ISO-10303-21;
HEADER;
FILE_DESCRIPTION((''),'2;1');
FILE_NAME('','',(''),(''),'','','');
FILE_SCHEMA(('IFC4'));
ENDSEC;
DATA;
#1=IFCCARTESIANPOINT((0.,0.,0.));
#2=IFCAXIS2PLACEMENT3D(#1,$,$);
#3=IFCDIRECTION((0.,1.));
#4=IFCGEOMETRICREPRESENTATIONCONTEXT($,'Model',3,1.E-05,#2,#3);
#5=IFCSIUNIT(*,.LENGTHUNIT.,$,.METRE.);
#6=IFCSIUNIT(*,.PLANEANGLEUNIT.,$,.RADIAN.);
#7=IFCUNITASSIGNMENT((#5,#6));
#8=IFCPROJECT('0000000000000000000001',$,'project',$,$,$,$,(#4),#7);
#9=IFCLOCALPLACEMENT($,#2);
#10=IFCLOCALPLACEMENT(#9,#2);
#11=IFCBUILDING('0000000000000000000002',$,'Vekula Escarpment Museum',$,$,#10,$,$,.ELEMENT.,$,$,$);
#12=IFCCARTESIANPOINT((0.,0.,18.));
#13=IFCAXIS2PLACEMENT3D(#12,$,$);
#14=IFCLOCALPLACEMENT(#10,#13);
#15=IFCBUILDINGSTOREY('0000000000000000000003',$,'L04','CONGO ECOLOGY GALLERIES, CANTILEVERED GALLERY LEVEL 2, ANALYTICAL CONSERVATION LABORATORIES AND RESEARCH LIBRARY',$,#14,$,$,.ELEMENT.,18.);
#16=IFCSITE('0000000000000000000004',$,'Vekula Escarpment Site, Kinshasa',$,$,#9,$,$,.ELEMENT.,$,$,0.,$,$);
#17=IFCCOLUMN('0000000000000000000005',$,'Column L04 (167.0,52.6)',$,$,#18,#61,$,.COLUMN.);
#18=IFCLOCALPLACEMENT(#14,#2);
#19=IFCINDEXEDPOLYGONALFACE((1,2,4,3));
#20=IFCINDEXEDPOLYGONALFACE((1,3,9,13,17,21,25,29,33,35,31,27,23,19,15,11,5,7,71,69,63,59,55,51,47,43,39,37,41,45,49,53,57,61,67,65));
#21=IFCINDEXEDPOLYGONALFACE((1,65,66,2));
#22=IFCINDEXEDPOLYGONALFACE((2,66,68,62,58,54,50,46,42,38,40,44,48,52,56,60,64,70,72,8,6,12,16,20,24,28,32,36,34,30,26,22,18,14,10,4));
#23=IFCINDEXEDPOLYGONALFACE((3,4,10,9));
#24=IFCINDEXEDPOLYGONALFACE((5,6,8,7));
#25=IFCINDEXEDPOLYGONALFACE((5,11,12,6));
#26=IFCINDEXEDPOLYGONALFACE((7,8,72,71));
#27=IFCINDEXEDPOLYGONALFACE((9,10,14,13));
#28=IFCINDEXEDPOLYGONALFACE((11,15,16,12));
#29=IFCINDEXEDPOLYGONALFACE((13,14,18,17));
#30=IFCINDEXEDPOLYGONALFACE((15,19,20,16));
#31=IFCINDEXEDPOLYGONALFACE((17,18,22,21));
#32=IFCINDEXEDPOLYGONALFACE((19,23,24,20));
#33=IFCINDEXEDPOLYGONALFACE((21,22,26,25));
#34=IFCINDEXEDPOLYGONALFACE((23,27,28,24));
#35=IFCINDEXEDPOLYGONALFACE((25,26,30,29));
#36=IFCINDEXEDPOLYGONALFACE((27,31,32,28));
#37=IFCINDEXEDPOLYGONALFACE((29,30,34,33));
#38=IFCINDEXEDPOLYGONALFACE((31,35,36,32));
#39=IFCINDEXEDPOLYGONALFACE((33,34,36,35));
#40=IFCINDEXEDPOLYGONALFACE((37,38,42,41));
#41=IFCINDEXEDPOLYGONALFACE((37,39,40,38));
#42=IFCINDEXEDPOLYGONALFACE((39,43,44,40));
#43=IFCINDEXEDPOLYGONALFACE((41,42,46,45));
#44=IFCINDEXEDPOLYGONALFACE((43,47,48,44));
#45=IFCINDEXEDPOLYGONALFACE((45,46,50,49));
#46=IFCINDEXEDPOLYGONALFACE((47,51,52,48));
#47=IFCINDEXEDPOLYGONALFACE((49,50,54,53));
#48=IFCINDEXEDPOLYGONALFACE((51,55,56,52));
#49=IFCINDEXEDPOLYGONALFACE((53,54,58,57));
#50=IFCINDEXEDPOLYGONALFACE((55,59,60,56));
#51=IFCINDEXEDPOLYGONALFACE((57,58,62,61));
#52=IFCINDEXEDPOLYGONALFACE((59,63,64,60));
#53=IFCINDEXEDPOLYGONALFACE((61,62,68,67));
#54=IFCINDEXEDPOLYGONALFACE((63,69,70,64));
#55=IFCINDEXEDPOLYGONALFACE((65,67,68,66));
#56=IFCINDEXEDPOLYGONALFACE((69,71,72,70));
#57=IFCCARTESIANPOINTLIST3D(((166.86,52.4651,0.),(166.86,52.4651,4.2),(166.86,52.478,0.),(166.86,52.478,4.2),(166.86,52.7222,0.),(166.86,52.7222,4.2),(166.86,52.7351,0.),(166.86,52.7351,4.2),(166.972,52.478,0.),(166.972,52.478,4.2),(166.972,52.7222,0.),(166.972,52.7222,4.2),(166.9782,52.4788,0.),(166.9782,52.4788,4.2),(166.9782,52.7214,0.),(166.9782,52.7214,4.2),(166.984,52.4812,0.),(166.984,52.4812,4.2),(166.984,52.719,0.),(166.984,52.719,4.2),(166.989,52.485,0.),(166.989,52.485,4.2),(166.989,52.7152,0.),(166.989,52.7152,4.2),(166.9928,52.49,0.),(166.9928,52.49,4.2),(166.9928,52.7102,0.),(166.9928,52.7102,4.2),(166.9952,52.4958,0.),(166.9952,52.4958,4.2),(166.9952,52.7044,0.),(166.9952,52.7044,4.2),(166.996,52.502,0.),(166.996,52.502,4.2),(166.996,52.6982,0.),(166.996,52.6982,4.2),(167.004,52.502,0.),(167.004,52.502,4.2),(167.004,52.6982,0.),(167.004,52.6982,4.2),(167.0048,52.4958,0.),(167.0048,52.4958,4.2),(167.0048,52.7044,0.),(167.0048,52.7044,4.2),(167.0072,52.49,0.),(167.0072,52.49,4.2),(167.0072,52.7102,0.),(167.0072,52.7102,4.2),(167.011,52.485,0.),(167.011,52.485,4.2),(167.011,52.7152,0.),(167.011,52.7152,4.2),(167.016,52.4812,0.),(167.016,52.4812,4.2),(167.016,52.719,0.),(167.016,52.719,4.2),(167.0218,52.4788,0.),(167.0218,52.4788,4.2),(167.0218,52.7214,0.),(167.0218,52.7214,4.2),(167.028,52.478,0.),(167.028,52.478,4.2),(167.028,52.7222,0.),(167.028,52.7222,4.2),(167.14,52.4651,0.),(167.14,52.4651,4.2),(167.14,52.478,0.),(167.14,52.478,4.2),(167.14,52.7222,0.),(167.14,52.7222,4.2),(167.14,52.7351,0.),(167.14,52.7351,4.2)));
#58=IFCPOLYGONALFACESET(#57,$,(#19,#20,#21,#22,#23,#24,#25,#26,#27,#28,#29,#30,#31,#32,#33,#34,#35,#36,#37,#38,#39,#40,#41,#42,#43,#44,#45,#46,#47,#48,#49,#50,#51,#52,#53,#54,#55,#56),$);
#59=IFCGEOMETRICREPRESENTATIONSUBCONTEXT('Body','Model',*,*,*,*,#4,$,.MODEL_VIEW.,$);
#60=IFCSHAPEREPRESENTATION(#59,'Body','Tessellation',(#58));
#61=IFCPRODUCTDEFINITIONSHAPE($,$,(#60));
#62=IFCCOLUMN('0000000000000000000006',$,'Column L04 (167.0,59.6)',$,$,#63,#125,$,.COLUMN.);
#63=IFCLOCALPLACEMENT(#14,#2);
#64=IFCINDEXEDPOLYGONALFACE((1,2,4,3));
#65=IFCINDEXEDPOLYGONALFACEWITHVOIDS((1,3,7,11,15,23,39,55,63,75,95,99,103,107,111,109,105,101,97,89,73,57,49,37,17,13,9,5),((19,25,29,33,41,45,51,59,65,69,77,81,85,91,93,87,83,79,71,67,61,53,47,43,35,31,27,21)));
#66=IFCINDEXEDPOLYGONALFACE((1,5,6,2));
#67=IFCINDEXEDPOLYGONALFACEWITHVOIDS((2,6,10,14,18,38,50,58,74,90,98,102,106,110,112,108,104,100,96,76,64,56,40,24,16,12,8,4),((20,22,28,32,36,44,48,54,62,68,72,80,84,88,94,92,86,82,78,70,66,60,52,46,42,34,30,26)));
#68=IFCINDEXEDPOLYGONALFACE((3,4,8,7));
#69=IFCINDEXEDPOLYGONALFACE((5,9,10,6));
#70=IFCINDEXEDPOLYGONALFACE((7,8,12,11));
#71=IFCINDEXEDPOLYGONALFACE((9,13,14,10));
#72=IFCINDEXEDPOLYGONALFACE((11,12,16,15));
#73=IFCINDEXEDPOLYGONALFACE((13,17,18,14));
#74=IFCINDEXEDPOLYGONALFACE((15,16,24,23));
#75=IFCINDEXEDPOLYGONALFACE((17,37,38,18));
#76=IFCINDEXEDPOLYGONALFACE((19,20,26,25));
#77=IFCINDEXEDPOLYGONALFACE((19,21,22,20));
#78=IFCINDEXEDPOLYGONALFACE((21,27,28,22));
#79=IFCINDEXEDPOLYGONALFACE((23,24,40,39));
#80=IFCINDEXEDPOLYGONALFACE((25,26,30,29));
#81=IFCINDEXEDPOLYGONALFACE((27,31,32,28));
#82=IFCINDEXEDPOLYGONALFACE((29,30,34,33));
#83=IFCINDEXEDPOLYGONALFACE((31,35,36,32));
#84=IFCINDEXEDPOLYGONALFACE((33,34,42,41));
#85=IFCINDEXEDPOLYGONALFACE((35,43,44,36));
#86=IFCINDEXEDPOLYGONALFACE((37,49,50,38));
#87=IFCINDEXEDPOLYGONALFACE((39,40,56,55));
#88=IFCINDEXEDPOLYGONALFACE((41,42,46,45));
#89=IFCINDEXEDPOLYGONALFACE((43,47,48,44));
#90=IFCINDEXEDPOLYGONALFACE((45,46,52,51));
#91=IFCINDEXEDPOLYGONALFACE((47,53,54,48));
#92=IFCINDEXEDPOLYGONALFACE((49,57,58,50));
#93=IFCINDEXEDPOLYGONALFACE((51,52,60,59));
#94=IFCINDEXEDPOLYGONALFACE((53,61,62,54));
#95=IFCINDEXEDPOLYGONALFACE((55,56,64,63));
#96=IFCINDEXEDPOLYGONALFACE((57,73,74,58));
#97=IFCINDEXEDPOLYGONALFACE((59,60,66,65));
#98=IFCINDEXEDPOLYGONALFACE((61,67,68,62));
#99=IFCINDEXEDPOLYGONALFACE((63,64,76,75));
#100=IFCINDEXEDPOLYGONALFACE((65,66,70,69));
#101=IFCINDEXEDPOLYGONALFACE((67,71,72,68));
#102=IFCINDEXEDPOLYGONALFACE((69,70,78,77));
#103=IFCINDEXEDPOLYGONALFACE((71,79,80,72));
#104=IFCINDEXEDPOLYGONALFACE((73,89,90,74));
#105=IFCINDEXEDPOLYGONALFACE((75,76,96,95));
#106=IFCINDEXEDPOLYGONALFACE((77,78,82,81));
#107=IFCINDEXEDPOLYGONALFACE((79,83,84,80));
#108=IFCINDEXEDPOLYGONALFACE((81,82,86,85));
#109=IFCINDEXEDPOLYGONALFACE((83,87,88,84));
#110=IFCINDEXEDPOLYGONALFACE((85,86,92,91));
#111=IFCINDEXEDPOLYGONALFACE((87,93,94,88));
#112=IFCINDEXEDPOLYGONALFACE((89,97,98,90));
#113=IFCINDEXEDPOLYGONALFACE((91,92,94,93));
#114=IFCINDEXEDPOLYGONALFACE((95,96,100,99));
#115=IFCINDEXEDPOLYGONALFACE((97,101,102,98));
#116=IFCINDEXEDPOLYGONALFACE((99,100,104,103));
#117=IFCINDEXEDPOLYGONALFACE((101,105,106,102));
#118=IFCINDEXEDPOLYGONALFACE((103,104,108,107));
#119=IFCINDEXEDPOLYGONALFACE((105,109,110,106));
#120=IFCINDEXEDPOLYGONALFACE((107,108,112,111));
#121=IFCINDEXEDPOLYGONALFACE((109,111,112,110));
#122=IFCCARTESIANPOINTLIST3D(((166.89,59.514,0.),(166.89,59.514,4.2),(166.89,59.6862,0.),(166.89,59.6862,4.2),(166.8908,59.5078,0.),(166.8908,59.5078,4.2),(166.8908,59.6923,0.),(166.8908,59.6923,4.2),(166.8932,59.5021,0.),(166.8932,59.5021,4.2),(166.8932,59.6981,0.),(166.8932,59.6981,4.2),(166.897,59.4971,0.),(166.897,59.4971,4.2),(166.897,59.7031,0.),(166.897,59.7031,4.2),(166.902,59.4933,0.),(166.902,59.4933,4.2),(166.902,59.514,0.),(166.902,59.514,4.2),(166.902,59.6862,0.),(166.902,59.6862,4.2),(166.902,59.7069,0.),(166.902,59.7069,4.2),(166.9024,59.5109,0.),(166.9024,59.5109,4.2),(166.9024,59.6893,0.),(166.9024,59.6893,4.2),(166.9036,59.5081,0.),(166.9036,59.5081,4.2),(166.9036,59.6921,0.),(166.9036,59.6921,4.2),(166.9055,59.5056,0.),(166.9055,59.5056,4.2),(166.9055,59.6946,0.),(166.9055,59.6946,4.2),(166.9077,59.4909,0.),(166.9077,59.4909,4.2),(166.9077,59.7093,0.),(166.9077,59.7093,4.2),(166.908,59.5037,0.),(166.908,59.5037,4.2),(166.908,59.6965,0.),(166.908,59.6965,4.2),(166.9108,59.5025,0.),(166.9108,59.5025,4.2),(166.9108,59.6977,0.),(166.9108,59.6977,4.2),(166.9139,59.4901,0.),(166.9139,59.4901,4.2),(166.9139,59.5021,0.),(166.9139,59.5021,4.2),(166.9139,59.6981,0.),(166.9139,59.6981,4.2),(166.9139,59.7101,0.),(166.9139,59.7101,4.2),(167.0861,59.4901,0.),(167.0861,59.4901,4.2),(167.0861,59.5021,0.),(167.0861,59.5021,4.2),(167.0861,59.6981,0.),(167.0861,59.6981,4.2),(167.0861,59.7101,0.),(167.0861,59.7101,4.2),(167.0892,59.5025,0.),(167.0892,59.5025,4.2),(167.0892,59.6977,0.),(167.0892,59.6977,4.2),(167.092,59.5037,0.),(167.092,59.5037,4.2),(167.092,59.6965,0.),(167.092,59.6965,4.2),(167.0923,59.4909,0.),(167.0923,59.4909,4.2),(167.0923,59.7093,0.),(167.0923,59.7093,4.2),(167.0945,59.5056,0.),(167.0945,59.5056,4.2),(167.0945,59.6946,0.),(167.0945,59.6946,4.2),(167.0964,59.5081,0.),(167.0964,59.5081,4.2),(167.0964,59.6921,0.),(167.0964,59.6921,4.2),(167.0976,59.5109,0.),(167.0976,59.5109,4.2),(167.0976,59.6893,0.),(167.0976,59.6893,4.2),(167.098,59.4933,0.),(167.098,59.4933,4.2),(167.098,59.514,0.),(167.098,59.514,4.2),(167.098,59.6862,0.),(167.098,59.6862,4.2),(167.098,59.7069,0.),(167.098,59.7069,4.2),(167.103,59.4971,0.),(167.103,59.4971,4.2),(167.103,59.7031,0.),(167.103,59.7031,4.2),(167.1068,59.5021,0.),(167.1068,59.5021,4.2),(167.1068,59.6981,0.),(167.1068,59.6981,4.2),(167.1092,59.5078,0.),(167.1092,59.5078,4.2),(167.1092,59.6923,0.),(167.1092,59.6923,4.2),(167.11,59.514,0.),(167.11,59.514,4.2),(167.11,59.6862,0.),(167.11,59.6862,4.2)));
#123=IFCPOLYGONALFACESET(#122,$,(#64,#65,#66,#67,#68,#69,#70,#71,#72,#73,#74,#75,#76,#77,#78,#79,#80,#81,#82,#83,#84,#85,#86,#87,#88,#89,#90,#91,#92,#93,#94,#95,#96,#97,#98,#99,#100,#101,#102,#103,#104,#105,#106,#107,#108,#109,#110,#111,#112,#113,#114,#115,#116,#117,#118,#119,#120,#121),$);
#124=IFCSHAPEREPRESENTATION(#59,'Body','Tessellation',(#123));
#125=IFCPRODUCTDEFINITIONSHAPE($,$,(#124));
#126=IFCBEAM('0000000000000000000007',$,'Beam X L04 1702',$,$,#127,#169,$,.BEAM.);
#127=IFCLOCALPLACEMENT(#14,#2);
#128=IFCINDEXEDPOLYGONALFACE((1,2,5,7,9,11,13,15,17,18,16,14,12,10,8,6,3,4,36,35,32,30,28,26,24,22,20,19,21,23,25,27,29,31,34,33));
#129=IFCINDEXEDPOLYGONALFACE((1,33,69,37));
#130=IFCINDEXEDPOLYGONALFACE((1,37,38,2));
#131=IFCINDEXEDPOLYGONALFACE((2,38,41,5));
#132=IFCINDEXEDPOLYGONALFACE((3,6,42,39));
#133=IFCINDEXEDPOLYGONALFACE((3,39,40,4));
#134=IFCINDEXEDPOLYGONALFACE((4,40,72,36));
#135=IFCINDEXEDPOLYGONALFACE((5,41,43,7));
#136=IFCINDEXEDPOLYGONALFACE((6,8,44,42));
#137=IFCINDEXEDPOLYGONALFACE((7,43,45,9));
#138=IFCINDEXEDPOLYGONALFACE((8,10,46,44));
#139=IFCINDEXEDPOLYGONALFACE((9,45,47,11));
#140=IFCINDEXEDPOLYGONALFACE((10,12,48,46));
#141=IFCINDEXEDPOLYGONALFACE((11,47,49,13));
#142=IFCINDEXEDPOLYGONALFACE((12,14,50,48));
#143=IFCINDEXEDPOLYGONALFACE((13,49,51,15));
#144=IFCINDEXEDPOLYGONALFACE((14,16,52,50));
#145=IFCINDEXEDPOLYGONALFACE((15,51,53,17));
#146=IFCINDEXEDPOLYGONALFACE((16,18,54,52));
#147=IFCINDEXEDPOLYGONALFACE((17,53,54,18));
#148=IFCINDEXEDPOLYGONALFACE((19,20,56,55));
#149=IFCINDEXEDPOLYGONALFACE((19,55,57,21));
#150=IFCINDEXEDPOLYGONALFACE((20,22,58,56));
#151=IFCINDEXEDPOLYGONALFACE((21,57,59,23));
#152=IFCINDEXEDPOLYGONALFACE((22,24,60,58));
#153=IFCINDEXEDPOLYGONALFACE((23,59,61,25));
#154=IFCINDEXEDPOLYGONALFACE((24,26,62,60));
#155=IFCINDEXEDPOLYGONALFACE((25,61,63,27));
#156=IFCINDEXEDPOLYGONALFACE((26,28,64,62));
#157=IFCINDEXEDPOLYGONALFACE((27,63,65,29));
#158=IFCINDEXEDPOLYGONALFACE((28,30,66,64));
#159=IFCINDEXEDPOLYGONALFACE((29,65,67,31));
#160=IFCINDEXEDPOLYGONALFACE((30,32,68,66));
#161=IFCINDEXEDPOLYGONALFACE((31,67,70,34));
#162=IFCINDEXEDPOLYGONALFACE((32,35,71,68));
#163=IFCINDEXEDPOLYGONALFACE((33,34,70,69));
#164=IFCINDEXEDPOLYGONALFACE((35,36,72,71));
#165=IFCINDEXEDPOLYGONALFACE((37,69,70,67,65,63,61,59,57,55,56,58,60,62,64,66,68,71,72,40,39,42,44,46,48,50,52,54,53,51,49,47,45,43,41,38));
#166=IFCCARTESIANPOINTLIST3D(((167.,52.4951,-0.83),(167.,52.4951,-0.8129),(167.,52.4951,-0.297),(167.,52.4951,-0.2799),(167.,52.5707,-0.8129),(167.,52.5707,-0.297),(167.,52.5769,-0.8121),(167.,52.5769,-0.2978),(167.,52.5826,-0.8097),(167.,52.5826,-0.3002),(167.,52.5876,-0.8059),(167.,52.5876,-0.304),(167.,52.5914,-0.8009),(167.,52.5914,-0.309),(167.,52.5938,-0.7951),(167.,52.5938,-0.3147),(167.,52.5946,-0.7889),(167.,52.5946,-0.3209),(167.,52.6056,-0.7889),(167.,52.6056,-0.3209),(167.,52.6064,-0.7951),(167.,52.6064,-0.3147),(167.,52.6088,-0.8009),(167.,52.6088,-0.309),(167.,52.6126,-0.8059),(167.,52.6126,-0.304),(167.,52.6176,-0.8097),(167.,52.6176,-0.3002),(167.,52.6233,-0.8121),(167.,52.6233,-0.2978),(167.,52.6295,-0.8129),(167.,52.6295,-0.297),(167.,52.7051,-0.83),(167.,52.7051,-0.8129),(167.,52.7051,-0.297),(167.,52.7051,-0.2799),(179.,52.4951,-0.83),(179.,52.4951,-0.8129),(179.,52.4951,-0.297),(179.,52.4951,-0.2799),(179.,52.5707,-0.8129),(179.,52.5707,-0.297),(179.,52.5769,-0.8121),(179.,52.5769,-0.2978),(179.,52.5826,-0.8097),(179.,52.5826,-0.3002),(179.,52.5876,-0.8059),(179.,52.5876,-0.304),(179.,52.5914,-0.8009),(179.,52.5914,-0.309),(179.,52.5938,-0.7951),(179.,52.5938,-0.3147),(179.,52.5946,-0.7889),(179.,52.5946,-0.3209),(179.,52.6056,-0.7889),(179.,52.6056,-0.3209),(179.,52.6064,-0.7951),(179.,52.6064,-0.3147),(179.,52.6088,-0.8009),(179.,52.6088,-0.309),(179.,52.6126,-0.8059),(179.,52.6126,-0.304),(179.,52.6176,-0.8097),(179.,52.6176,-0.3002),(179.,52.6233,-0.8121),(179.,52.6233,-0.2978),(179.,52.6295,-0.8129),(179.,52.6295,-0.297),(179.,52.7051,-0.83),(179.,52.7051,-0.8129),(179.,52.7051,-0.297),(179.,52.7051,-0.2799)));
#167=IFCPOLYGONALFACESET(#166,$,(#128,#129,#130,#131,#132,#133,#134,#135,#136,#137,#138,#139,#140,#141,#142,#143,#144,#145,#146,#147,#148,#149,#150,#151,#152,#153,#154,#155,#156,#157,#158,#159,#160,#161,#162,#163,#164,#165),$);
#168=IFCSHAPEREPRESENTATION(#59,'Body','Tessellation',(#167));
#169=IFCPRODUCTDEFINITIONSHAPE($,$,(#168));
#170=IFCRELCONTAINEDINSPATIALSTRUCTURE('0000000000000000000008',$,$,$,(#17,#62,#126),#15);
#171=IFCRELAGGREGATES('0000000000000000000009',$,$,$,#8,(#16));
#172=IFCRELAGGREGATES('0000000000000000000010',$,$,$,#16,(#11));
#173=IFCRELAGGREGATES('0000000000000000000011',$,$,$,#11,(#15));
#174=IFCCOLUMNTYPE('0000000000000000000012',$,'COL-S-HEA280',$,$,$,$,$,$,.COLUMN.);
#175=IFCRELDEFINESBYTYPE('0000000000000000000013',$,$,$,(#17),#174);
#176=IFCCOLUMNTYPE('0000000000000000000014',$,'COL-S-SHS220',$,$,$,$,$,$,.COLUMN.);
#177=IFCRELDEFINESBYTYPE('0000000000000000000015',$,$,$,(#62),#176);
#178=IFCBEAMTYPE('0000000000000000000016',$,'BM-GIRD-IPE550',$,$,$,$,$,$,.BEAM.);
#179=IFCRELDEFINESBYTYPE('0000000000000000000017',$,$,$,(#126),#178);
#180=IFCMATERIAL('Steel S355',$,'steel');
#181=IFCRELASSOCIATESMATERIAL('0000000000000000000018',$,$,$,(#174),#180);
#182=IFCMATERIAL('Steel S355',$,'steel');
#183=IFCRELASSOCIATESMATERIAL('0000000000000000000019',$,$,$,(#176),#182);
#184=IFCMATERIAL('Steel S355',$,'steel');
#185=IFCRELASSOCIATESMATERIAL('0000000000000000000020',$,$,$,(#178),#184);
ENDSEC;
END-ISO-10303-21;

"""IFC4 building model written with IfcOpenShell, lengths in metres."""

from ifc_helpers import new_model, si_unit, direction, frame, origin, origin_2d, place, context, subcontext, project, spatial, hollow_rectangle, i_section, extrude, material, material_profile, profile_set, type_object, element, save


model = new_model("IFC4")

# Units and contexts
model_context = context("Model", 3, precision=1e-05, world=origin(), true_north=direction((0.0, 1.0)))
body_context = subcontext(model_context, "Body", "Model", "MODEL_VIEW")
ifc_project = project(units=[si_unit("LENGTHUNIT", "METRE"), si_unit("PLANEANGLEUNIT", "RADIAN")], contexts=[model_context])

# Site, building, storey
site_placement = place(None, origin())
site = spatial("IfcSite", under=ifc_project, at=site_placement, Name="Vekula Escarpment Site, Kinshasa", CompositionType="ELEMENT", RefElevation=0.0)
building_placement = place(site_placement, origin())
building = spatial("IfcBuilding", under=site, at=building_placement, Name="Vekula Escarpment Museum", CompositionType="ELEMENT")
storey_placement = place(building_placement, frame((0.0, 0.0, 18.0)))
storey = spatial("IfcBuildingStorey", under=building, at=storey_placement, Name="L04", Description="CONGO ECOLOGY GALLERIES, CANTILEVERED GALLERY LEVEL 2, ANALYTICAL CONSERVATION LABORATORIES AND RESEARCH LIBRARY", CompositionType="ELEMENT", Elevation=18.0)

# Columns
ifc_material_1 = material(Name="Steel S355", Category="steel")
ifc_material_profile_1 = material_profile(ifc_material_1, i_section(OverallWidth=0.28, OverallDepth=0.27, WebThickness=0.0081, FlangeThickness=0.0129, FilletRadius=0.0239, at=origin_2d()), Name="HEA 280")
ifc_profile_set_1 = profile_set([ifc_material_profile_1], Name="Steel S355")
column_type_1 = type_object("IfcColumnType", Name="COL-S-HEA280", PredefinedType="COLUMN", material=ifc_profile_set_1)
column_1_placement = place(storey_placement, frame((167.0, 52.6001, 0.0), z_axis=(0.0, 0.0, 1.0), x_axis=(1.0, 0.0, 0.0)))
element("IfcColumn", 1, at=column_1_placement, inside=storey, type_object=column_type_1, Name="Column L04 (167.0,52.6)", PredefinedType="COLUMN", context=body_context, shape_type="SweptSolid", body=[
    extrude(i_section(OverallWidth=0.28, OverallDepth=0.27, WebThickness=0.0081, FlangeThickness=0.0129, FilletRadius=0.0239, at=origin_2d()), origin(), (0.0, 0.0, 1.0), 4.2),
])
ifc_material_2 = material(Name="Steel S355", Category="steel")
ifc_material_profile_2 = material_profile(ifc_material_2, hollow_rectangle(XDim=0.22, YDim=0.22, WallThickness=0.012, InnerFilletRadius=0.012, OuterFilletRadius=0.0239, at=origin_2d()), Name="SHS 220x220x12")
ifc_profile_set_2 = profile_set([ifc_material_profile_2], Name="Steel S355")
column_type_2 = type_object("IfcColumnType", Name="COL-S-SHS220", PredefinedType="COLUMN", material=ifc_profile_set_2)
column_2_placement = place(storey_placement, frame((167.0, 59.6001, 0.0), z_axis=(0.0, 0.0, 1.0), x_axis=(1.0, 0.0, 0.0)))
element("IfcColumn", 2, at=column_2_placement, inside=storey, type_object=column_type_2, Name="Column L04 (167.0,59.6)", PredefinedType="COLUMN", context=body_context, shape_type="SweptSolid", body=[
    extrude(hollow_rectangle(XDim=0.22, YDim=0.22, WallThickness=0.012, InnerFilletRadius=0.012, OuterFilletRadius=0.0239, at=origin_2d()), origin(), (0.0, 0.0, 1.0), 4.2),
])

# Beam
ifc_material_3 = material(Name="Steel S355", Category="steel")
ifc_material_profile_3 = material_profile(ifc_material_3, i_section(OverallWidth=0.21, OverallDepth=0.55, WebThickness=0.011, FlangeThickness=0.0171, FilletRadius=0.0239, at=origin_2d()), Name="IPE 550")
ifc_profile_set_3 = profile_set([ifc_material_profile_3], Name="Steel S355")
beam_type_1 = type_object("IfcBeamType", Name="BM-GIRD-IPE550", PredefinedType="BEAM", material=ifc_profile_set_3)
for number, where, z_axis, x_axis, name in (
    (3, (167.0, 52.6001, -0.5549), (1.0, 0.0, 0.0), (0.0, 1.0, 0.0), "Beam X L04 1702"),
):
    element("IfcBeam", number, at=place(storey_placement, frame(where, z_axis=z_axis, x_axis=x_axis)), inside=storey, type_object=beam_type_1, Name=name, PredefinedType="BEAM", context=body_context, shape_type="SweptSolid", body=[
        extrude(i_section(OverallWidth=0.21, OverallDepth=0.55, WebThickness=0.011, FlangeThickness=0.0171, FilletRadius=0.0239, at=origin_2d()), origin(), (0.0, 0.0, 1.0), 12.0),
    ])

save(model, "model.ifc")
